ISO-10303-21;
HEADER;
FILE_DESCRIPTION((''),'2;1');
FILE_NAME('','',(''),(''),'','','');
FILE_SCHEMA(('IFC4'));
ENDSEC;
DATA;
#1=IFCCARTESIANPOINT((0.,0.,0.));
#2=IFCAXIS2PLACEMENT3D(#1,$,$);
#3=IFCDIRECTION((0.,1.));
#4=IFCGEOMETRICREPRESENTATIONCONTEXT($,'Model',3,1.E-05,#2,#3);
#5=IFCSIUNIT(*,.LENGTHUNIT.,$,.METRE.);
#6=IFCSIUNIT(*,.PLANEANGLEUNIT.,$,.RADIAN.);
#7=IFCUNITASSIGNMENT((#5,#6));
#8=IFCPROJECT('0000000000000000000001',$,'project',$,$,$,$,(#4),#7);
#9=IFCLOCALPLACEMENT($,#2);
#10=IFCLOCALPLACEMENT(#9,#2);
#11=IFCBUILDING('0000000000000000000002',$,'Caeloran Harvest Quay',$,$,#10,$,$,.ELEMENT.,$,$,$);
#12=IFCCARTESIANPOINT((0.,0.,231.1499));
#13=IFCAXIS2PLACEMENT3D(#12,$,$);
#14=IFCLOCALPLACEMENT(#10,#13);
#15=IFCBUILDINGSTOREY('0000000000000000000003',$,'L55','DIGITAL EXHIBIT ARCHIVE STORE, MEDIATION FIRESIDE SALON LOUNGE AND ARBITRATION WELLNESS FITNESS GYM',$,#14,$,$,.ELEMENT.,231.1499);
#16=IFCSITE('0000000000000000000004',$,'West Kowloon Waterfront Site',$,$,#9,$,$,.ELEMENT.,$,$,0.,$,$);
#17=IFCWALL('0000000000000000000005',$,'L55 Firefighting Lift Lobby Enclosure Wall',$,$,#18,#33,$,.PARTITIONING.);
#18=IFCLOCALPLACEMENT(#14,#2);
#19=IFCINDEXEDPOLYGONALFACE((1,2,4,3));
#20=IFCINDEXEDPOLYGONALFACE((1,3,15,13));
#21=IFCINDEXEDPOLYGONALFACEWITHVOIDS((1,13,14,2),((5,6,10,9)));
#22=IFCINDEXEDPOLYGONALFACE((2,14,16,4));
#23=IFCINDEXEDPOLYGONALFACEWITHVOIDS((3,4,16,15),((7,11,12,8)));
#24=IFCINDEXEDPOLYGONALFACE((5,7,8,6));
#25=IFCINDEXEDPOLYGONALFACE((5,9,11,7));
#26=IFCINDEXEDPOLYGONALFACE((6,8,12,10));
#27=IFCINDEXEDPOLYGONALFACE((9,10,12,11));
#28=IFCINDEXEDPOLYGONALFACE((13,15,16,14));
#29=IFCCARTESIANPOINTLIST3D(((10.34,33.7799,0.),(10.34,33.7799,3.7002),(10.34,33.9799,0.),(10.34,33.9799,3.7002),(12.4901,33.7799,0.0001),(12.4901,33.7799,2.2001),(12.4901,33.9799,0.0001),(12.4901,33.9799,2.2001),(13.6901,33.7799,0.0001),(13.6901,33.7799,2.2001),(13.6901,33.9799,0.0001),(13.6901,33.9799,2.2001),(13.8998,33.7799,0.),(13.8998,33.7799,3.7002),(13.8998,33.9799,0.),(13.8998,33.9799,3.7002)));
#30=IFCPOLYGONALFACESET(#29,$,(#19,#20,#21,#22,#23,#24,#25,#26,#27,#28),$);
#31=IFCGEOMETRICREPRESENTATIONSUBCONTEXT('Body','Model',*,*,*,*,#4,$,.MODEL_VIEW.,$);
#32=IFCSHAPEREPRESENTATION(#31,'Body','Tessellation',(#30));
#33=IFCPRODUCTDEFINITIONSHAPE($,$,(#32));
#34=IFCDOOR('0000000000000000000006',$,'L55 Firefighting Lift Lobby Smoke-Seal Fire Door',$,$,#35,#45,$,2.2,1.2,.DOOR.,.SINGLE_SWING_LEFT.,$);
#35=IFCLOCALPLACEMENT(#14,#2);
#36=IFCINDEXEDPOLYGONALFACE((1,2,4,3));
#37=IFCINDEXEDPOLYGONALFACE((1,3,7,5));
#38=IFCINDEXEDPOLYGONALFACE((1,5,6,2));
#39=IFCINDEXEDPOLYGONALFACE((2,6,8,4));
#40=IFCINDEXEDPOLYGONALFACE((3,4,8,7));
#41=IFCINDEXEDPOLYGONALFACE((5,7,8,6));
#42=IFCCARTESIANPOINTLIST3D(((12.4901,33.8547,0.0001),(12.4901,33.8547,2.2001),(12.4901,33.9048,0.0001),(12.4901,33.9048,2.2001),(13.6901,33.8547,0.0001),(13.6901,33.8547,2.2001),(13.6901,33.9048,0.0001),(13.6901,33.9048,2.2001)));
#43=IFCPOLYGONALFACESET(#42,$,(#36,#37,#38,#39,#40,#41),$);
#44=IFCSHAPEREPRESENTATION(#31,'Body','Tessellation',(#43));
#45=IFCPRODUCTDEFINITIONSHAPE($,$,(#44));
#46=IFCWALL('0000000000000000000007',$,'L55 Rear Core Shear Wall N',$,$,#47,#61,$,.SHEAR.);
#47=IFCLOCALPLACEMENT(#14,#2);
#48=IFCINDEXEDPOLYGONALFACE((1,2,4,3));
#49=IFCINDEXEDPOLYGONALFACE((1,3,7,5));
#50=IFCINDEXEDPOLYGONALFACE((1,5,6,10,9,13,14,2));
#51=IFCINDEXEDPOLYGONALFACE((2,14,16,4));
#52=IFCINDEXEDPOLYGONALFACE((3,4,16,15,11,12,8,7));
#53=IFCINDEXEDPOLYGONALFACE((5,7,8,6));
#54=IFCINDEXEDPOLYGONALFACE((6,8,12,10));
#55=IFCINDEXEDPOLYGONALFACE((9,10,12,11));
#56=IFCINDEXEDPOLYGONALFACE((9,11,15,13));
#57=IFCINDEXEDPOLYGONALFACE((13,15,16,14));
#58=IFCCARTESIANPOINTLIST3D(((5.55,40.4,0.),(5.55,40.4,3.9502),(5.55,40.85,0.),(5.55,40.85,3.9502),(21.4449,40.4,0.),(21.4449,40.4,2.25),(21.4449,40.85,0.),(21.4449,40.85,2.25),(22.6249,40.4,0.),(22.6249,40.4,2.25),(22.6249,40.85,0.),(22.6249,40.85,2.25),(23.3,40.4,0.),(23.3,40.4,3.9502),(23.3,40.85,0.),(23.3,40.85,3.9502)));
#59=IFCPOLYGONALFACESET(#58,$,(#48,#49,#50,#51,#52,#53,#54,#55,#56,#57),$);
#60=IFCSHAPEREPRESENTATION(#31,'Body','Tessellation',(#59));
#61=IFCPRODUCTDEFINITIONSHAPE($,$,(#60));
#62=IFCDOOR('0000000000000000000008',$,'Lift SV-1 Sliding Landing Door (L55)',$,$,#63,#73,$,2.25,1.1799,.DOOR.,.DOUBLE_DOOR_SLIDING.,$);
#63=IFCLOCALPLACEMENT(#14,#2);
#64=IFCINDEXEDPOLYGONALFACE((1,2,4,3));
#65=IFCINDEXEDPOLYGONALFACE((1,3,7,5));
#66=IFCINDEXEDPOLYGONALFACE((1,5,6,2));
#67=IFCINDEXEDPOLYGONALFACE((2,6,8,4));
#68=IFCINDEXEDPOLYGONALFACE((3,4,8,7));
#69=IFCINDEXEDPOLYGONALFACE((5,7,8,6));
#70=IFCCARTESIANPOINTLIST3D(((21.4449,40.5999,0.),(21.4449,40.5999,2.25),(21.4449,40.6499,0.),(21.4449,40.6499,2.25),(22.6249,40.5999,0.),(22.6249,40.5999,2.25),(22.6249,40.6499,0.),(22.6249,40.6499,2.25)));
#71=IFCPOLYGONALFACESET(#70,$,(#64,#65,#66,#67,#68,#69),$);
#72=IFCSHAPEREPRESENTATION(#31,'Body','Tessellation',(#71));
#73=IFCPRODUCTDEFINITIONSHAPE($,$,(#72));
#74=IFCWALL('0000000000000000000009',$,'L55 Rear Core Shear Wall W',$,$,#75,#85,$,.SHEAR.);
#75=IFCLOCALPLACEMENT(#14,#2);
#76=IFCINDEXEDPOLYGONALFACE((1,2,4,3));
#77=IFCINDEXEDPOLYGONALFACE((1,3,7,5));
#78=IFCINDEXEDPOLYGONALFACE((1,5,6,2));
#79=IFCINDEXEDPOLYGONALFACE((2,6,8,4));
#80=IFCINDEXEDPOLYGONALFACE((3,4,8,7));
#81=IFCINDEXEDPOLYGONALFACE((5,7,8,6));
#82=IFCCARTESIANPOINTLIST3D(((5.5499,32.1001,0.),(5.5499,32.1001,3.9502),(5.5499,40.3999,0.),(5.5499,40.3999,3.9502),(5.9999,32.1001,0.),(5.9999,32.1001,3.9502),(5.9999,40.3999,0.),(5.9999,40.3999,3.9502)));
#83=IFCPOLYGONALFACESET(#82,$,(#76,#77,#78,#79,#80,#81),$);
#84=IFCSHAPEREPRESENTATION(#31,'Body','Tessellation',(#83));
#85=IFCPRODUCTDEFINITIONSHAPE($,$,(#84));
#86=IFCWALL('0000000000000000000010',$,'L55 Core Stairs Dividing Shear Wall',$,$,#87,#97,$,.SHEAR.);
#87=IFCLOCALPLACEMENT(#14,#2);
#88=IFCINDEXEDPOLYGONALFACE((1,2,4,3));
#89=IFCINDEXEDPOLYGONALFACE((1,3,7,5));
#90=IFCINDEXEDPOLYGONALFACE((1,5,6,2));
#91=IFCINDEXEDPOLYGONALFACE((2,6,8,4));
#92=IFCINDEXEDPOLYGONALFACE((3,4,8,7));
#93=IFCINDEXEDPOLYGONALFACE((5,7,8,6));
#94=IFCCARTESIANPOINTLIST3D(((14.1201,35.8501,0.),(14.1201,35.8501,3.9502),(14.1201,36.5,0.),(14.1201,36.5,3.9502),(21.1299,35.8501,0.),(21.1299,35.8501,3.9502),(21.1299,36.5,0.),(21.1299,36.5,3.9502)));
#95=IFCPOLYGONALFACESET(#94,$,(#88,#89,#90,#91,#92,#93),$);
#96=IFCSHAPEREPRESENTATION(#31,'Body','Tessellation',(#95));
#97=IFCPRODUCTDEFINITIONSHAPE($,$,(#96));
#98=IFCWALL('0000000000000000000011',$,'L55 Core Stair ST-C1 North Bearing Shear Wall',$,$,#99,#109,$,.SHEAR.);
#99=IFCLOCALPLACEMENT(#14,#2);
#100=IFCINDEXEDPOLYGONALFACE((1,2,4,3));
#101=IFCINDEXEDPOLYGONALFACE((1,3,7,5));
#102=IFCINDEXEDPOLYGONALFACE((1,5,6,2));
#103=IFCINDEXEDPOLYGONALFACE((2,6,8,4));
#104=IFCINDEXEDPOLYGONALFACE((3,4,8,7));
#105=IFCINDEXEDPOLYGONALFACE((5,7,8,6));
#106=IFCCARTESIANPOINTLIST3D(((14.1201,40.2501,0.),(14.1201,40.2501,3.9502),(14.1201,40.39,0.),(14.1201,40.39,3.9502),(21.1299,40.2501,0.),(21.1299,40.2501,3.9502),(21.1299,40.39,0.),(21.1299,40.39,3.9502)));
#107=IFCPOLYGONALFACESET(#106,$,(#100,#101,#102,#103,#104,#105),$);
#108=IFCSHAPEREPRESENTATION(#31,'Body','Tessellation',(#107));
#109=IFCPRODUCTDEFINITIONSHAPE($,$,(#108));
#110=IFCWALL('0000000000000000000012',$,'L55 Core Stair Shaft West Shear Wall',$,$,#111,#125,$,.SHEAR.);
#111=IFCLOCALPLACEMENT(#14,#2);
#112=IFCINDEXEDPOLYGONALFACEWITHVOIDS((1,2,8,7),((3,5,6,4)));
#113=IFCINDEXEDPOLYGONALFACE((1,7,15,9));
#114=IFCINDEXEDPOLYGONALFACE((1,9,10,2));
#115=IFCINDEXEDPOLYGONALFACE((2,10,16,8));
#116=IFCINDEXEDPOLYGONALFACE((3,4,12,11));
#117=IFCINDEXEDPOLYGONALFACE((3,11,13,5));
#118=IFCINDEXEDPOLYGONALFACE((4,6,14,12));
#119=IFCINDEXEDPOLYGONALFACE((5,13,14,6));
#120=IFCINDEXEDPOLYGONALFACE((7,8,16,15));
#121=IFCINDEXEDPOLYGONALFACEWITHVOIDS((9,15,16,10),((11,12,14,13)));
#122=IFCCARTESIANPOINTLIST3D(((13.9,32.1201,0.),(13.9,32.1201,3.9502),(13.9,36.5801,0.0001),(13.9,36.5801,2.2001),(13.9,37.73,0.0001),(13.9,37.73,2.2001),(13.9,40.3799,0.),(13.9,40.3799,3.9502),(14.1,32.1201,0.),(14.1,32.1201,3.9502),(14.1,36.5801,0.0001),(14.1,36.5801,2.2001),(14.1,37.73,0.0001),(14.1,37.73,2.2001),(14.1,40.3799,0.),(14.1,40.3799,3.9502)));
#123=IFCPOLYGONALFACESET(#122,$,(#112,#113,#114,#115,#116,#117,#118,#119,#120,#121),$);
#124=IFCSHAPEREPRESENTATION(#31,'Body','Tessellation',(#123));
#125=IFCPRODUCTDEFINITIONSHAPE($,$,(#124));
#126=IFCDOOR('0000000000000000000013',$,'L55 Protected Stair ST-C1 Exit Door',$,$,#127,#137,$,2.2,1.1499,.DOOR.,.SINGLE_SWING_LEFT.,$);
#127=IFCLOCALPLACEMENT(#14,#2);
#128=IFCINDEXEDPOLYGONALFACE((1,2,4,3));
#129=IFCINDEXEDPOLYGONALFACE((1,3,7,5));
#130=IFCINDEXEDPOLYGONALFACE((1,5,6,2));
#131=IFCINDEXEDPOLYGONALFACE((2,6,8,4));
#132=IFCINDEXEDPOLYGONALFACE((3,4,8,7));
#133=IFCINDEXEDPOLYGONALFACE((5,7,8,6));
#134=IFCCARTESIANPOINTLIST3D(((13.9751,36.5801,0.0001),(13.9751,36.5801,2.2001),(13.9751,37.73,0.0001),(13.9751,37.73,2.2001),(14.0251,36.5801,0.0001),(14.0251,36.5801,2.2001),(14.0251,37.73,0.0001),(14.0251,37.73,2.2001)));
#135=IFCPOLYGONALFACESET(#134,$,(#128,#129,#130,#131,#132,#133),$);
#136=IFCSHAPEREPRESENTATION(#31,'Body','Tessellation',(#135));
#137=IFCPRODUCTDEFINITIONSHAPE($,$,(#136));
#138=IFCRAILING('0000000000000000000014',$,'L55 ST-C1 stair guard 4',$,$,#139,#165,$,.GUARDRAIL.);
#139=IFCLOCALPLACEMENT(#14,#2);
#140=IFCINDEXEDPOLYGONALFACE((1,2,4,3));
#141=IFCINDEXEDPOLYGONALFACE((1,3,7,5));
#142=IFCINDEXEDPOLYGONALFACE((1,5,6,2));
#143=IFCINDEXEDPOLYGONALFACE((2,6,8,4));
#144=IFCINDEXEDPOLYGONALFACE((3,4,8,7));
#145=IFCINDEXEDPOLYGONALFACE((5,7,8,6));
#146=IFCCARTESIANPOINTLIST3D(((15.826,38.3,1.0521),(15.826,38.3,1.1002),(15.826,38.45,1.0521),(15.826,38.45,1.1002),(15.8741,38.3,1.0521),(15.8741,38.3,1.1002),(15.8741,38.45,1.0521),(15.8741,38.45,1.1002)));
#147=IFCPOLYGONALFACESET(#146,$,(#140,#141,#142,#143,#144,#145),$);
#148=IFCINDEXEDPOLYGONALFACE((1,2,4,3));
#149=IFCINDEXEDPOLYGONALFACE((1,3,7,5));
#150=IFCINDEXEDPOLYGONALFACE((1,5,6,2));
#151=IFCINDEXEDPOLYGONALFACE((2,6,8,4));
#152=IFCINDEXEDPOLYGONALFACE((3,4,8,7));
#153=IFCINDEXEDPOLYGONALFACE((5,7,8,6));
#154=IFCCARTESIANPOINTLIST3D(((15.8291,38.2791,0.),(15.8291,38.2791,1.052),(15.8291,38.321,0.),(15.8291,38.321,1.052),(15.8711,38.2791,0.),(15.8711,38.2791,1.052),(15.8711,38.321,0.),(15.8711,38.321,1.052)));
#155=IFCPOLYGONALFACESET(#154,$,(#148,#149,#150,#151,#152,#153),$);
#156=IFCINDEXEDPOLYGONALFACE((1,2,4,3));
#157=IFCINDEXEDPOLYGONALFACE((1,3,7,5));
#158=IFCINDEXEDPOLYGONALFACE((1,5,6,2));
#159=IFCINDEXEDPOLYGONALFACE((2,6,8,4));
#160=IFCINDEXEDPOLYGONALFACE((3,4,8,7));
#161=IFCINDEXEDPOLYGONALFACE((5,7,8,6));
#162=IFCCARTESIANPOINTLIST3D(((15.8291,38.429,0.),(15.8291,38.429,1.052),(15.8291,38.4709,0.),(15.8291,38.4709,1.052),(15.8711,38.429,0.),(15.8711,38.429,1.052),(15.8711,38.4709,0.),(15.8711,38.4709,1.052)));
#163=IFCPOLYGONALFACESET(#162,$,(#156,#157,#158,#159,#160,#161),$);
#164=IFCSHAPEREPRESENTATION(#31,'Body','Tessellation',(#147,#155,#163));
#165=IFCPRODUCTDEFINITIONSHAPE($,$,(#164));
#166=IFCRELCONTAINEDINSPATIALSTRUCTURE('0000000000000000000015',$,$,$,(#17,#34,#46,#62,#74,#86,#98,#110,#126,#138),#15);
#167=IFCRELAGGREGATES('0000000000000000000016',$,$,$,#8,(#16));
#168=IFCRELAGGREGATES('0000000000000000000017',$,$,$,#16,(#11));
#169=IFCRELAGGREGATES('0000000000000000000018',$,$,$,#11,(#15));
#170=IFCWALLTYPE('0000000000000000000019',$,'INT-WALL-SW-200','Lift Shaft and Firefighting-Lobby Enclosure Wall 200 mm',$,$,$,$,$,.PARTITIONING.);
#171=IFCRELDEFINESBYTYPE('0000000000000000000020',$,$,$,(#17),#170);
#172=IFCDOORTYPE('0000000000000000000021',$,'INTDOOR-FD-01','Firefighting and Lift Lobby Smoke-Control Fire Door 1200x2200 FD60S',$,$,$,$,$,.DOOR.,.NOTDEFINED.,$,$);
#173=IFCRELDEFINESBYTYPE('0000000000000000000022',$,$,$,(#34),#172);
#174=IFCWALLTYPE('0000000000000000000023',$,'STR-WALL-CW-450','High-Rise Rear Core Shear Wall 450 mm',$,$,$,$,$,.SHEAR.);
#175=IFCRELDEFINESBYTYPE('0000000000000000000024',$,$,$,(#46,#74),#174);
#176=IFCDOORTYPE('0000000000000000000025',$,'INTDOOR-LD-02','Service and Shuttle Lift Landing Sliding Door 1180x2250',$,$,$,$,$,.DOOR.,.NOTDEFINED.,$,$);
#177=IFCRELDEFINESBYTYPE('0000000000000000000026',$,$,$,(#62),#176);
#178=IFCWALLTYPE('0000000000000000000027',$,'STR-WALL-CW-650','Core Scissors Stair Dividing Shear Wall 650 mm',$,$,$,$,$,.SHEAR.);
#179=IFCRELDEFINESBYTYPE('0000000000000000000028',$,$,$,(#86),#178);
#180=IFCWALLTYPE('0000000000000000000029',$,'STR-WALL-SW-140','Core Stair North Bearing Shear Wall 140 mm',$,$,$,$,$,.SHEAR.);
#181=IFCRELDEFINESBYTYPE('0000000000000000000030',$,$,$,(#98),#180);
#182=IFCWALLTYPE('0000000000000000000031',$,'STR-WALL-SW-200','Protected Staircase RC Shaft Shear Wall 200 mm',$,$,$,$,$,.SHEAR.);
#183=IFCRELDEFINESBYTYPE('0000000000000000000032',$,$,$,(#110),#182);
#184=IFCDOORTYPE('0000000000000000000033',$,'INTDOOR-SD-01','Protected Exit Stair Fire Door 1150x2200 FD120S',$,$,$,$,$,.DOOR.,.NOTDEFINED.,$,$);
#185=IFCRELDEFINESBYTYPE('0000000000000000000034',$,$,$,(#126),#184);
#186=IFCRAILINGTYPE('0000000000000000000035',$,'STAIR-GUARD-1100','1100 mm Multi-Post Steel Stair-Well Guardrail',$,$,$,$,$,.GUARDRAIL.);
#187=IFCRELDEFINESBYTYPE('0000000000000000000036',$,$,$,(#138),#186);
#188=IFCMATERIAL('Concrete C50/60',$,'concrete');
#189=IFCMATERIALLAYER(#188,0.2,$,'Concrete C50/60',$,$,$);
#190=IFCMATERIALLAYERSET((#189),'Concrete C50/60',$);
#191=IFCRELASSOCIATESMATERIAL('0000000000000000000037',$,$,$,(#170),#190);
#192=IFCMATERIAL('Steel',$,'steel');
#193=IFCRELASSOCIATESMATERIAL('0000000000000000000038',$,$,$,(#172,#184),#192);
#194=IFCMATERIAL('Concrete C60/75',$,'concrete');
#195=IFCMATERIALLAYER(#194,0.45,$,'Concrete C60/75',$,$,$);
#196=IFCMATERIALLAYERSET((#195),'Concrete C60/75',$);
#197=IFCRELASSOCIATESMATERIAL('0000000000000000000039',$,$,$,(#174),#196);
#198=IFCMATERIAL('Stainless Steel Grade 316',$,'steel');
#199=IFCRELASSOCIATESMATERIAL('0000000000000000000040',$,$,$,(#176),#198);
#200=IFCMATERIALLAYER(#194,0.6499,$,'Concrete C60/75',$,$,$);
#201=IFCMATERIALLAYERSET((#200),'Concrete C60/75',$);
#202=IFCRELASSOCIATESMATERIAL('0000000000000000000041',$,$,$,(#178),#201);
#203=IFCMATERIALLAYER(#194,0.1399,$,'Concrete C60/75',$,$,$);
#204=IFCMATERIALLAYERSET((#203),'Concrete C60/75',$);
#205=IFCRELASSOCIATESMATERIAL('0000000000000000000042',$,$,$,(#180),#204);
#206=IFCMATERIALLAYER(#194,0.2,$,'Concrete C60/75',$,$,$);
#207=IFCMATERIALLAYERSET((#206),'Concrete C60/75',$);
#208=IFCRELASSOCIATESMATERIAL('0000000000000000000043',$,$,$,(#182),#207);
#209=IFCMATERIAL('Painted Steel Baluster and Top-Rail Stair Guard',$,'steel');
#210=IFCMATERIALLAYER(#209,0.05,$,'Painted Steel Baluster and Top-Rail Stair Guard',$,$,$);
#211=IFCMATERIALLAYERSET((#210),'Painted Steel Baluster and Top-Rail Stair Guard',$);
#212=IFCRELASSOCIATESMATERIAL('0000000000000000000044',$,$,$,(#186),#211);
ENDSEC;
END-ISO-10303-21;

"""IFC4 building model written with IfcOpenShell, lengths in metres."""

from ifc_helpers import new_model, si_unit, direction, frame, frame_2d, origin, origin_2d, place, context, subcontext, project, spatial, rectangle, extrude, material, layer, layer_set, type_object, element, fill, save


model = new_model("IFC4")

# Units and contexts
model_context = context("Model", 3, precision=1e-05, world=origin(), true_north=direction((0.0, 1.0)))
body_context = subcontext(model_context, "Body", "Model", "MODEL_VIEW")
ifc_project = project(units=[si_unit("LENGTHUNIT", "METRE"), si_unit("PLANEANGLEUNIT", "RADIAN")], contexts=[model_context])

# Site, building, storey
site_placement = place(None, origin())
site = spatial("IfcSite", under=ifc_project, at=site_placement, Name="West Kowloon Waterfront Site", CompositionType="ELEMENT", RefElevation=0.0)
building_placement = place(site_placement, origin())
building = spatial("IfcBuilding", under=site, at=building_placement, Name="Caeloran Harvest Quay", CompositionType="ELEMENT")
storey_placement = place(building_placement, frame((0.0, 0.0, 231.1499)))
storey = spatial("IfcBuildingStorey", under=building, at=storey_placement, Name="L55", Description="DIGITAL EXHIBIT ARCHIVE STORE, MEDIATION FIRESIDE SALON LOUNGE AND ARBITRATION WELLNESS FITNESS GYM", CompositionType="ELEMENT", Elevation=231.1499)

# Shared definitions
ifc_material_1 = material(Name="Concrete C60/75", Category="concrete")

# Shared definitions
ifc_material_2 = material(Name="Concrete C50/60", Category="concrete")
ifc_layer_1 = layer(ifc_material_2, 0.2, Name="Concrete C50/60")
ifc_layer_set_1 = layer_set([ifc_layer_1], Name="Concrete C50/60")
wall_type_1 = type_object("IfcWallType", Name="INT-WALL-SW-200", Description="Lift Shaft and Firefighting-Lobby Enclosure Wall 200 mm", PredefinedType="PARTITIONING", material=ifc_layer_set_1)
ifc_material_3 = material(Name="Stainless Steel Grade 316", Category="steel")

# Walls, openings, doors
wall_1_placement = place(storey_placement, frame((10.3401, 33.8799, 0.0), z_axis=(0.0, 0.0, 1.0), x_axis=(1.0, 0.0, 0.0)))
wall_1 = element("IfcWall", 1, at=wall_1_placement, inside=storey, type_object=wall_type_1, Name="L55 Firefighting Lift Lobby Enclosure Wall", PredefinedType="PARTITIONING", context=body_context, shape_type="SweptSolid", body=[
    extrude(rectangle(XDim=3.5598, YDim=0.2, at=frame_2d((1.7798, 0.0))), origin(), (0.0, 0.0, 1.0), 3.7002),
])
opening_1_placement = place(wall_1_placement, frame((2.1499, 0.0, 0.0)))
opening_1 = element("IfcOpeningElement", 2, at=opening_1_placement, cuts=wall_1, PredefinedType="OPENING", context=body_context, shape_type="SweptSolid", body=[
    extrude(rectangle(XDim=1.2, YDim=2.2, at=frame_2d((0.6001, 1.1001))), frame((0.0, 0.1099, 0.0), z_axis=(0.0, -1.0, 0.0), x_axis=(1.0, 0.0, 0.0)), (0.0, 0.0, 1.0), 0.22),
])
ifc_material_4 = material(Name="Steel", Category="steel")
door_type_1 = type_object("IfcDoorType", Name="INTDOOR-FD-01", Description="Firefighting and Lift Lobby Smoke-Control Fire Door 1200x2200 FD60S", OperationType="NOTDEFINED", PredefinedType="DOOR", material=ifc_material_4)
door_1_placement = place(opening_1_placement, origin())
door_1 = element("IfcDoor", 3, at=door_1_placement, inside=storey, type_object=door_type_1, Name="L55 Firefighting Lift Lobby Smoke-Seal Fire Door", OperationType="SINGLE_SWING_LEFT", OverallHeight=2.2, OverallWidth=1.2, PredefinedType="DOOR", context=body_context, shape_type="SweptSolid", body=[
    extrude(rectangle(XDim=1.2, YDim=2.2, at=frame_2d((0.6001, 1.1001))), frame((0.0, 0.0249, 0.0), z_axis=(0.0, -1.0, 0.0), x_axis=(1.0, 0.0, 0.0)), (0.0, 0.0, 1.0), 0.05),
])
fill(opening_1, door_1)
ifc_layer_2 = layer(ifc_material_1, 0.45, Name="Concrete C60/75")
ifc_layer_set_2 = layer_set([ifc_layer_2], Name="Concrete C60/75")
wall_type_2 = type_object("IfcWallType", Name="STR-WALL-CW-450", Description="High-Rise Rear Core Shear Wall 450 mm", PredefinedType="SHEAR", material=ifc_layer_set_2)
wall_2_placement = place(storey_placement, frame((5.55, 40.625, 0.0), z_axis=(0.0, 0.0, 1.0), x_axis=(1.0, 0.0, 0.0)))
wall_2 = element("IfcWall", 4, at=wall_2_placement, inside=storey, type_object=wall_type_2, Name="L55 Rear Core Shear Wall N", PredefinedType="SHEAR", context=body_context, shape_type="SweptSolid", body=[
    extrude(rectangle(XDim=17.75, YDim=0.45, at=frame_2d((8.875, 0.0))), origin(), (0.0, 0.0, 1.0), 3.9502),
])
opening_2_placement = place(wall_2_placement, frame((15.895, 0.0, 0.0)))
opening_2 = element("IfcOpeningElement", 5, at=opening_2_placement, cuts=wall_2, PredefinedType="OPENING", context=body_context, shape_type="SweptSolid", body=[
    extrude(rectangle(XDim=1.1799, YDim=2.25, at=frame_2d((0.5898, 1.125))), frame((0.0, 0.2349, 0.0), z_axis=(0.0, -1.0, 0.0), x_axis=(1.0, 0.0, 0.0)), (0.0, 0.0, 1.0), 0.47),
])
door_type_2 = type_object("IfcDoorType", Name="INTDOOR-LD-02", Description="Service and Shuttle Lift Landing Sliding Door 1180x2250", OperationType="NOTDEFINED", PredefinedType="DOOR", material=ifc_material_3)
door_2_placement = place(opening_2_placement, origin())
door_2 = element("IfcDoor", 6, at=door_2_placement, inside=storey, type_object=door_type_2, Name="Lift SV-1 Sliding Landing Door (L55)", OperationType="DOUBLE_DOOR_SLIDING", OverallHeight=2.25, OverallWidth=1.1799, PredefinedType="DOOR", context=body_context, shape_type="SweptSolid", body=[
    extrude(rectangle(XDim=1.1799, YDim=2.25, at=frame_2d((0.5898, 1.125))), frame((0.0, 0.0249, 0.0), z_axis=(0.0, -1.0, 0.0), x_axis=(1.0, 0.0, 0.0)), (0.0, 0.0, 1.0), 0.05),
])
fill(opening_2, door_2)

# Walls
wall_3_placement = place(storey_placement, frame((5.7749, 32.1001, 0.0), z_axis=(0.0, 0.0, 1.0), x_axis=(0.0, 1.0, 0.0)))
element("IfcWall", 7, at=wall_3_placement, inside=storey, type_object=wall_type_2, Name="L55 Rear Core Shear Wall W", PredefinedType="SHEAR", context=body_context, shape_type="SweptSolid", body=[
    extrude(rectangle(XDim=8.2998, YDim=0.45, at=frame_2d((4.1499, 0.0))), origin(), (0.0, 0.0, 1.0), 3.9502),
])
ifc_layer_3 = layer(ifc_material_1, 0.6499, Name="Concrete C60/75")
ifc_layer_set_3 = layer_set([ifc_layer_3], Name="Concrete C60/75")
wall_type_3 = type_object("IfcWallType", Name="STR-WALL-CW-650", Description="Core Scissors Stair Dividing Shear Wall 650 mm", PredefinedType="SHEAR", material=ifc_layer_set_3)
wall_4_placement = place(storey_placement, frame((14.1201, 36.175, 0.0), z_axis=(0.0, 0.0, 1.0), x_axis=(1.0, 0.0, 0.0)))
element("IfcWall", 8, at=wall_4_placement, inside=storey, type_object=wall_type_3, Name="L55 Core Stairs Dividing Shear Wall", PredefinedType="SHEAR", context=body_context, shape_type="SweptSolid", body=[
    extrude(rectangle(XDim=7.0098, YDim=0.6499, at=frame_2d((3.5049, 0.0))), origin(), (0.0, 0.0, 1.0), 3.9502),
])
ifc_layer_4 = layer(ifc_material_1, 0.1399, Name="Concrete C60/75")
ifc_layer_set_4 = layer_set([ifc_layer_4], Name="Concrete C60/75")
wall_type_4 = type_object("IfcWallType", Name="STR-WALL-SW-140", Description="Core Stair North Bearing Shear Wall 140 mm", PredefinedType="SHEAR", material=ifc_layer_set_4)
wall_5_placement = place(storey_placement, frame((14.1201, 40.3201, 0.0), z_axis=(0.0, 0.0, 1.0), x_axis=(1.0, 0.0, 0.0)))
element("IfcWall", 9, at=wall_5_placement, inside=storey, type_object=wall_type_4, Name="L55 Core Stair ST-C1 North Bearing Shear Wall", PredefinedType="SHEAR", context=body_context, shape_type="SweptSolid", body=[
    extrude(rectangle(XDim=7.0098, YDim=0.1399, at=frame_2d((3.5049, 0.0))), origin(), (0.0, 0.0, 1.0), 3.9502),
])

# Wall, opening, door
ifc_layer_5 = layer(ifc_material_1, 0.2, Name="Concrete C60/75")
ifc_layer_set_5 = layer_set([ifc_layer_5], Name="Concrete C60/75")
wall_type_5 = type_object("IfcWallType", Name="STR-WALL-SW-200", Description="Protected Staircase RC Shaft Shear Wall 200 mm", PredefinedType="SHEAR", material=ifc_layer_set_5)
wall_6_placement = place(storey_placement, frame((14.0, 32.1201, 0.0), z_axis=(0.0, 0.0, 1.0), x_axis=(0.0, 1.0, 0.0)))
wall_6 = element("IfcWall", 10, at=wall_6_placement, inside=storey, type_object=wall_type_5, Name="L55 Core Stair Shaft West Shear Wall", PredefinedType="SHEAR", context=body_context, shape_type="SweptSolid", body=[
    extrude(rectangle(XDim=8.2598, YDim=0.2, at=frame_2d((4.1299, 0.0))), origin(), (0.0, 0.0, 1.0), 3.9502),
])
opening_3_placement = place(wall_6_placement, frame((4.46, 0.0, 0.0)))
opening_3 = element("IfcOpeningElement", 11, at=opening_3_placement, cuts=wall_6, PredefinedType="OPENING", context=body_context, shape_type="SweptSolid", body=[
    extrude(rectangle(XDim=1.1499, YDim=2.2, at=frame_2d((0.575, 1.1001))), frame((0.0, 0.1099, 0.0), z_axis=(0.0, -1.0, 0.0), x_axis=(1.0, 0.0, 0.0)), (0.0, 0.0, 1.0), 0.22),
])
door_type_3 = type_object("IfcDoorType", Name="INTDOOR-SD-01", Description="Protected Exit Stair Fire Door 1150x2200 FD120S", OperationType="NOTDEFINED", PredefinedType="DOOR", material=ifc_material_4)
door_3_placement = place(opening_3_placement, origin())
door_3 = element("IfcDoor", 12, at=door_3_placement, inside=storey, type_object=door_type_3, Name="L55 Protected Stair ST-C1 Exit Door", OperationType="SINGLE_SWING_LEFT", OverallHeight=2.2, OverallWidth=1.1499, PredefinedType="DOOR", context=body_context, shape_type="SweptSolid", body=[
    extrude(rectangle(XDim=1.1499, YDim=2.2, at=frame_2d((0.575, 1.1001))), frame((0.0, 0.0249, 0.0), z_axis=(0.0, -1.0, 0.0), x_axis=(1.0, 0.0, 0.0)), (0.0, 0.0, 1.0), 0.05),
])
fill(opening_3, door_3)

# Railing
ifc_material_5 = material(Name="Painted Steel Baluster and Top-Rail Stair Guard", Category="steel")
ifc_layer_6 = layer(ifc_material_5, 0.05, Name="Painted Steel Baluster and Top-Rail Stair Guard")
ifc_layer_set_6 = layer_set([ifc_layer_6], Name="Painted Steel Baluster and Top-Rail Stair Guard")
railing_type = type_object("IfcRailingType", Name="STAIR-GUARD-1100", Description="1100 mm Multi-Post Steel Stair-Well Guardrail", PredefinedType="GUARDRAIL", material=ifc_layer_set_6)
railing_1_placement = place(storey_placement, frame((15.8501, 38.3, 0.0)))
element("IfcRailing", 13, at=railing_1_placement, inside=storey, type_object=railing_type, Name="L55 ST-C1 stair guard 4", PredefinedType="GUARDRAIL", context=body_context, shape_type="SweptSolid", body=[
    extrude(rectangle(XDim=0.0481, YDim=0.0481, at=origin_2d()), frame((0.0, 0.0, 1.0762), z_axis=(0.0, 1.0, 0.0), x_axis=(-1.0, 0.0, 0.0)), (0.0, 0.0, 1.0), 0.1499),
    extrude(rectangle(XDim=0.042, YDim=0.042, at=origin_2d()), origin(), (0.0, 0.0, 1.0), 1.052),
    extrude(rectangle(XDim=0.042, YDim=0.042, at=origin_2d()), frame((0.0, 0.1499, 0.0)), (0.0, 0.0, 1.0), 1.052),
])

save(model, "model.ifc")
